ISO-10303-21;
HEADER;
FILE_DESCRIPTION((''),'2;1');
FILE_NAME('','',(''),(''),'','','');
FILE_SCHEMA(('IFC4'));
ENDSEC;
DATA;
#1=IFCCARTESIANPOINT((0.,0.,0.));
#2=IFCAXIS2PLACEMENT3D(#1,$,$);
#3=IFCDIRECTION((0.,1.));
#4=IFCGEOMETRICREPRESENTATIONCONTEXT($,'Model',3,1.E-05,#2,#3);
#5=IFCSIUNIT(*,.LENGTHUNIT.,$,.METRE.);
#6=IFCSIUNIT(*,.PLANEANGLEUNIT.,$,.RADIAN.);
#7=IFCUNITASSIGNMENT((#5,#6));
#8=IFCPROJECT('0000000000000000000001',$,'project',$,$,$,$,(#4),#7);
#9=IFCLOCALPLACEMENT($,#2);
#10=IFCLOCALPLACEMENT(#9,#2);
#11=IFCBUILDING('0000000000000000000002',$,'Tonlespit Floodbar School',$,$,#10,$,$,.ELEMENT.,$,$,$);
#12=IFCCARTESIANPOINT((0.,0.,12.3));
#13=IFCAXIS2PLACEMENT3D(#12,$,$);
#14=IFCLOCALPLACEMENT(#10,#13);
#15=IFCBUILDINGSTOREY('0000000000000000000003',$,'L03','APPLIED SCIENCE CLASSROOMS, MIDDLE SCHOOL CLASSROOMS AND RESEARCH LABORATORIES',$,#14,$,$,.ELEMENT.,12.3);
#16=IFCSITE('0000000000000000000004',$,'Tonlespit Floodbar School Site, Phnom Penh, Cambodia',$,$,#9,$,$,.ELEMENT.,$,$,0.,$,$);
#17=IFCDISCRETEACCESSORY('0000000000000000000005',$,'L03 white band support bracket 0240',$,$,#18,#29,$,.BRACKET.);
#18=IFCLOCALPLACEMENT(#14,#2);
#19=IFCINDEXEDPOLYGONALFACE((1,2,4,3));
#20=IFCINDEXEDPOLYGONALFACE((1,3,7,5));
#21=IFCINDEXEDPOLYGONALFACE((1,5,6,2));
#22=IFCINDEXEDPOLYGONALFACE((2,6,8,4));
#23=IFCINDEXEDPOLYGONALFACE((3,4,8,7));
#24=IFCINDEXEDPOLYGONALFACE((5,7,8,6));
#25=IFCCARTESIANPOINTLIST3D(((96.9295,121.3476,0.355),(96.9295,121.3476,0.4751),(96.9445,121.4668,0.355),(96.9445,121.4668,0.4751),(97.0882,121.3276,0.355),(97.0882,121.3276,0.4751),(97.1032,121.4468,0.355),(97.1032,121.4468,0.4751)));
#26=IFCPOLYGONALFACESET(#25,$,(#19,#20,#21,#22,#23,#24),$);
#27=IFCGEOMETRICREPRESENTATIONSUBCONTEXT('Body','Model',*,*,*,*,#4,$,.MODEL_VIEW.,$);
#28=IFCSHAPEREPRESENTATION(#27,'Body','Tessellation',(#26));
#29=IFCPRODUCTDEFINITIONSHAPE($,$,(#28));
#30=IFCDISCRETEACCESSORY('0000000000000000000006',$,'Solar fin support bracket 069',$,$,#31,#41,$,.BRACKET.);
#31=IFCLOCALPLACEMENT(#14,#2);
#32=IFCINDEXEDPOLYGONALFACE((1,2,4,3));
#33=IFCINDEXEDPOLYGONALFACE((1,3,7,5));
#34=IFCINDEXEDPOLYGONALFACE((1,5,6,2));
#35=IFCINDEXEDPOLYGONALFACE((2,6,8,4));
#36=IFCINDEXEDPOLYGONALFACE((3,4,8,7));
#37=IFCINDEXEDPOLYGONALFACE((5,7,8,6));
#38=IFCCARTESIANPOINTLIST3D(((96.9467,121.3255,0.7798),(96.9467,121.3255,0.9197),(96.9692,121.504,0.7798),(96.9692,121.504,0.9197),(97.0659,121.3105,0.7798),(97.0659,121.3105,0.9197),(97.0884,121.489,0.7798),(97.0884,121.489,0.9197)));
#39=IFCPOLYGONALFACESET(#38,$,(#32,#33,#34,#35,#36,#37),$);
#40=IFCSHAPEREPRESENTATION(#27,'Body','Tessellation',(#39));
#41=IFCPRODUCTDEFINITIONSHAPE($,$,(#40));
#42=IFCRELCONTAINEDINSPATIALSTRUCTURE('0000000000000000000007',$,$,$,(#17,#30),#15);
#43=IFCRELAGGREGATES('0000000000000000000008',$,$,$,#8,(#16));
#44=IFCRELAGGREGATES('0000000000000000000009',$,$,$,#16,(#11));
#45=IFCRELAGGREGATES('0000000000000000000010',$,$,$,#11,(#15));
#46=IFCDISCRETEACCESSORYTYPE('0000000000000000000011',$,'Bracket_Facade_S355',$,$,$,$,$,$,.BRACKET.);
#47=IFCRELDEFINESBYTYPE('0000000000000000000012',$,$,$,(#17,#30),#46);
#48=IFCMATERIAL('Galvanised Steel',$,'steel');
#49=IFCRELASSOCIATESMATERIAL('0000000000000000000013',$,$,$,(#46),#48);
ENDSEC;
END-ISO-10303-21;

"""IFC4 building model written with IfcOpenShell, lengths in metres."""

from ifc_helpers import new_model, si_unit, direction, frame, origin, origin_2d, place, context, subcontext, project, spatial, rectangle, extrude, material, type_object, element, save


model = new_model("IFC4")

# Units and contexts
model_context = context("Model", 3, precision=1e-05, world=origin(), true_north=direction((0.0, 1.0)))
body_context = subcontext(model_context, "Body", "Model", "MODEL_VIEW")
ifc_project = project(units=[si_unit("LENGTHUNIT", "METRE"), si_unit("PLANEANGLEUNIT", "RADIAN")], contexts=[model_context])

# Site, building, storey
site_placement = place(None, origin())
site = spatial("IfcSite", under=ifc_project, at=site_placement, Name="Tonlespit Floodbar School Site, Phnom Penh, Cambodia", CompositionType="ELEMENT", RefElevation=0.0)
building_placement = place(site_placement, origin())
building = spatial("IfcBuilding", under=site, at=building_placement, Name="Tonlespit Floodbar School", CompositionType="ELEMENT")
storey_placement = place(building_placement, frame((0.0, 0.0, 12.3)))
storey = spatial("IfcBuildingStorey", under=building, at=storey_placement, Name="L03", Description="APPLIED SCIENCE CLASSROOMS, MIDDLE SCHOOL CLASSROOMS AND RESEARCH LABORATORIES", CompositionType="ELEMENT", Elevation=12.3)

# Discrete accessories
ifc_material_1 = material(Name="Galvanised Steel", Category="steel")
discrete_accessory_type = type_object("IfcDiscreteAccessoryType", Name="Bracket_Facade_S355", PredefinedType="BRACKET", material=ifc_material_1)
for number, where, z_axis, x_axis, name in (
    (1, (97.0164, 121.3972, 0.355), (0.0, 0.0, 1.0), (0.992155, -0.125011, 0.0), "L03 white band support bracket 0240"),
):
    element("IfcDiscreteAccessory", number, at=place(storey_placement, frame(where, z_axis=z_axis, x_axis=x_axis)), inside=storey, type_object=discrete_accessory_type, Name=name, PredefinedType="BRACKET", context=body_context, shape_type="SweptSolid", body=[
        extrude(rectangle(XDim=0.1599, YDim=0.1201, at=origin_2d()), origin(), (0.0, 0.0, 1.0), 0.1201),
    ])
discrete_accessory_1_placement = place(storey_placement, frame((97.0176, 121.4072, 0.7798), z_axis=(0.0, 0.0, 1.0), x_axis=(0.992155, -0.125011, 0.0)))
element("IfcDiscreteAccessory", 2, at=discrete_accessory_1_placement, inside=storey, type_object=discrete_accessory_type, Name="Solar fin support bracket 069", PredefinedType="BRACKET", context=body_context, shape_type="SweptSolid", body=[
    extrude(rectangle(XDim=0.1201, YDim=0.1799, at=origin_2d()), origin(), (0.0, 0.0, 1.0), 0.1399),
])

save(model, "model.ifc")
